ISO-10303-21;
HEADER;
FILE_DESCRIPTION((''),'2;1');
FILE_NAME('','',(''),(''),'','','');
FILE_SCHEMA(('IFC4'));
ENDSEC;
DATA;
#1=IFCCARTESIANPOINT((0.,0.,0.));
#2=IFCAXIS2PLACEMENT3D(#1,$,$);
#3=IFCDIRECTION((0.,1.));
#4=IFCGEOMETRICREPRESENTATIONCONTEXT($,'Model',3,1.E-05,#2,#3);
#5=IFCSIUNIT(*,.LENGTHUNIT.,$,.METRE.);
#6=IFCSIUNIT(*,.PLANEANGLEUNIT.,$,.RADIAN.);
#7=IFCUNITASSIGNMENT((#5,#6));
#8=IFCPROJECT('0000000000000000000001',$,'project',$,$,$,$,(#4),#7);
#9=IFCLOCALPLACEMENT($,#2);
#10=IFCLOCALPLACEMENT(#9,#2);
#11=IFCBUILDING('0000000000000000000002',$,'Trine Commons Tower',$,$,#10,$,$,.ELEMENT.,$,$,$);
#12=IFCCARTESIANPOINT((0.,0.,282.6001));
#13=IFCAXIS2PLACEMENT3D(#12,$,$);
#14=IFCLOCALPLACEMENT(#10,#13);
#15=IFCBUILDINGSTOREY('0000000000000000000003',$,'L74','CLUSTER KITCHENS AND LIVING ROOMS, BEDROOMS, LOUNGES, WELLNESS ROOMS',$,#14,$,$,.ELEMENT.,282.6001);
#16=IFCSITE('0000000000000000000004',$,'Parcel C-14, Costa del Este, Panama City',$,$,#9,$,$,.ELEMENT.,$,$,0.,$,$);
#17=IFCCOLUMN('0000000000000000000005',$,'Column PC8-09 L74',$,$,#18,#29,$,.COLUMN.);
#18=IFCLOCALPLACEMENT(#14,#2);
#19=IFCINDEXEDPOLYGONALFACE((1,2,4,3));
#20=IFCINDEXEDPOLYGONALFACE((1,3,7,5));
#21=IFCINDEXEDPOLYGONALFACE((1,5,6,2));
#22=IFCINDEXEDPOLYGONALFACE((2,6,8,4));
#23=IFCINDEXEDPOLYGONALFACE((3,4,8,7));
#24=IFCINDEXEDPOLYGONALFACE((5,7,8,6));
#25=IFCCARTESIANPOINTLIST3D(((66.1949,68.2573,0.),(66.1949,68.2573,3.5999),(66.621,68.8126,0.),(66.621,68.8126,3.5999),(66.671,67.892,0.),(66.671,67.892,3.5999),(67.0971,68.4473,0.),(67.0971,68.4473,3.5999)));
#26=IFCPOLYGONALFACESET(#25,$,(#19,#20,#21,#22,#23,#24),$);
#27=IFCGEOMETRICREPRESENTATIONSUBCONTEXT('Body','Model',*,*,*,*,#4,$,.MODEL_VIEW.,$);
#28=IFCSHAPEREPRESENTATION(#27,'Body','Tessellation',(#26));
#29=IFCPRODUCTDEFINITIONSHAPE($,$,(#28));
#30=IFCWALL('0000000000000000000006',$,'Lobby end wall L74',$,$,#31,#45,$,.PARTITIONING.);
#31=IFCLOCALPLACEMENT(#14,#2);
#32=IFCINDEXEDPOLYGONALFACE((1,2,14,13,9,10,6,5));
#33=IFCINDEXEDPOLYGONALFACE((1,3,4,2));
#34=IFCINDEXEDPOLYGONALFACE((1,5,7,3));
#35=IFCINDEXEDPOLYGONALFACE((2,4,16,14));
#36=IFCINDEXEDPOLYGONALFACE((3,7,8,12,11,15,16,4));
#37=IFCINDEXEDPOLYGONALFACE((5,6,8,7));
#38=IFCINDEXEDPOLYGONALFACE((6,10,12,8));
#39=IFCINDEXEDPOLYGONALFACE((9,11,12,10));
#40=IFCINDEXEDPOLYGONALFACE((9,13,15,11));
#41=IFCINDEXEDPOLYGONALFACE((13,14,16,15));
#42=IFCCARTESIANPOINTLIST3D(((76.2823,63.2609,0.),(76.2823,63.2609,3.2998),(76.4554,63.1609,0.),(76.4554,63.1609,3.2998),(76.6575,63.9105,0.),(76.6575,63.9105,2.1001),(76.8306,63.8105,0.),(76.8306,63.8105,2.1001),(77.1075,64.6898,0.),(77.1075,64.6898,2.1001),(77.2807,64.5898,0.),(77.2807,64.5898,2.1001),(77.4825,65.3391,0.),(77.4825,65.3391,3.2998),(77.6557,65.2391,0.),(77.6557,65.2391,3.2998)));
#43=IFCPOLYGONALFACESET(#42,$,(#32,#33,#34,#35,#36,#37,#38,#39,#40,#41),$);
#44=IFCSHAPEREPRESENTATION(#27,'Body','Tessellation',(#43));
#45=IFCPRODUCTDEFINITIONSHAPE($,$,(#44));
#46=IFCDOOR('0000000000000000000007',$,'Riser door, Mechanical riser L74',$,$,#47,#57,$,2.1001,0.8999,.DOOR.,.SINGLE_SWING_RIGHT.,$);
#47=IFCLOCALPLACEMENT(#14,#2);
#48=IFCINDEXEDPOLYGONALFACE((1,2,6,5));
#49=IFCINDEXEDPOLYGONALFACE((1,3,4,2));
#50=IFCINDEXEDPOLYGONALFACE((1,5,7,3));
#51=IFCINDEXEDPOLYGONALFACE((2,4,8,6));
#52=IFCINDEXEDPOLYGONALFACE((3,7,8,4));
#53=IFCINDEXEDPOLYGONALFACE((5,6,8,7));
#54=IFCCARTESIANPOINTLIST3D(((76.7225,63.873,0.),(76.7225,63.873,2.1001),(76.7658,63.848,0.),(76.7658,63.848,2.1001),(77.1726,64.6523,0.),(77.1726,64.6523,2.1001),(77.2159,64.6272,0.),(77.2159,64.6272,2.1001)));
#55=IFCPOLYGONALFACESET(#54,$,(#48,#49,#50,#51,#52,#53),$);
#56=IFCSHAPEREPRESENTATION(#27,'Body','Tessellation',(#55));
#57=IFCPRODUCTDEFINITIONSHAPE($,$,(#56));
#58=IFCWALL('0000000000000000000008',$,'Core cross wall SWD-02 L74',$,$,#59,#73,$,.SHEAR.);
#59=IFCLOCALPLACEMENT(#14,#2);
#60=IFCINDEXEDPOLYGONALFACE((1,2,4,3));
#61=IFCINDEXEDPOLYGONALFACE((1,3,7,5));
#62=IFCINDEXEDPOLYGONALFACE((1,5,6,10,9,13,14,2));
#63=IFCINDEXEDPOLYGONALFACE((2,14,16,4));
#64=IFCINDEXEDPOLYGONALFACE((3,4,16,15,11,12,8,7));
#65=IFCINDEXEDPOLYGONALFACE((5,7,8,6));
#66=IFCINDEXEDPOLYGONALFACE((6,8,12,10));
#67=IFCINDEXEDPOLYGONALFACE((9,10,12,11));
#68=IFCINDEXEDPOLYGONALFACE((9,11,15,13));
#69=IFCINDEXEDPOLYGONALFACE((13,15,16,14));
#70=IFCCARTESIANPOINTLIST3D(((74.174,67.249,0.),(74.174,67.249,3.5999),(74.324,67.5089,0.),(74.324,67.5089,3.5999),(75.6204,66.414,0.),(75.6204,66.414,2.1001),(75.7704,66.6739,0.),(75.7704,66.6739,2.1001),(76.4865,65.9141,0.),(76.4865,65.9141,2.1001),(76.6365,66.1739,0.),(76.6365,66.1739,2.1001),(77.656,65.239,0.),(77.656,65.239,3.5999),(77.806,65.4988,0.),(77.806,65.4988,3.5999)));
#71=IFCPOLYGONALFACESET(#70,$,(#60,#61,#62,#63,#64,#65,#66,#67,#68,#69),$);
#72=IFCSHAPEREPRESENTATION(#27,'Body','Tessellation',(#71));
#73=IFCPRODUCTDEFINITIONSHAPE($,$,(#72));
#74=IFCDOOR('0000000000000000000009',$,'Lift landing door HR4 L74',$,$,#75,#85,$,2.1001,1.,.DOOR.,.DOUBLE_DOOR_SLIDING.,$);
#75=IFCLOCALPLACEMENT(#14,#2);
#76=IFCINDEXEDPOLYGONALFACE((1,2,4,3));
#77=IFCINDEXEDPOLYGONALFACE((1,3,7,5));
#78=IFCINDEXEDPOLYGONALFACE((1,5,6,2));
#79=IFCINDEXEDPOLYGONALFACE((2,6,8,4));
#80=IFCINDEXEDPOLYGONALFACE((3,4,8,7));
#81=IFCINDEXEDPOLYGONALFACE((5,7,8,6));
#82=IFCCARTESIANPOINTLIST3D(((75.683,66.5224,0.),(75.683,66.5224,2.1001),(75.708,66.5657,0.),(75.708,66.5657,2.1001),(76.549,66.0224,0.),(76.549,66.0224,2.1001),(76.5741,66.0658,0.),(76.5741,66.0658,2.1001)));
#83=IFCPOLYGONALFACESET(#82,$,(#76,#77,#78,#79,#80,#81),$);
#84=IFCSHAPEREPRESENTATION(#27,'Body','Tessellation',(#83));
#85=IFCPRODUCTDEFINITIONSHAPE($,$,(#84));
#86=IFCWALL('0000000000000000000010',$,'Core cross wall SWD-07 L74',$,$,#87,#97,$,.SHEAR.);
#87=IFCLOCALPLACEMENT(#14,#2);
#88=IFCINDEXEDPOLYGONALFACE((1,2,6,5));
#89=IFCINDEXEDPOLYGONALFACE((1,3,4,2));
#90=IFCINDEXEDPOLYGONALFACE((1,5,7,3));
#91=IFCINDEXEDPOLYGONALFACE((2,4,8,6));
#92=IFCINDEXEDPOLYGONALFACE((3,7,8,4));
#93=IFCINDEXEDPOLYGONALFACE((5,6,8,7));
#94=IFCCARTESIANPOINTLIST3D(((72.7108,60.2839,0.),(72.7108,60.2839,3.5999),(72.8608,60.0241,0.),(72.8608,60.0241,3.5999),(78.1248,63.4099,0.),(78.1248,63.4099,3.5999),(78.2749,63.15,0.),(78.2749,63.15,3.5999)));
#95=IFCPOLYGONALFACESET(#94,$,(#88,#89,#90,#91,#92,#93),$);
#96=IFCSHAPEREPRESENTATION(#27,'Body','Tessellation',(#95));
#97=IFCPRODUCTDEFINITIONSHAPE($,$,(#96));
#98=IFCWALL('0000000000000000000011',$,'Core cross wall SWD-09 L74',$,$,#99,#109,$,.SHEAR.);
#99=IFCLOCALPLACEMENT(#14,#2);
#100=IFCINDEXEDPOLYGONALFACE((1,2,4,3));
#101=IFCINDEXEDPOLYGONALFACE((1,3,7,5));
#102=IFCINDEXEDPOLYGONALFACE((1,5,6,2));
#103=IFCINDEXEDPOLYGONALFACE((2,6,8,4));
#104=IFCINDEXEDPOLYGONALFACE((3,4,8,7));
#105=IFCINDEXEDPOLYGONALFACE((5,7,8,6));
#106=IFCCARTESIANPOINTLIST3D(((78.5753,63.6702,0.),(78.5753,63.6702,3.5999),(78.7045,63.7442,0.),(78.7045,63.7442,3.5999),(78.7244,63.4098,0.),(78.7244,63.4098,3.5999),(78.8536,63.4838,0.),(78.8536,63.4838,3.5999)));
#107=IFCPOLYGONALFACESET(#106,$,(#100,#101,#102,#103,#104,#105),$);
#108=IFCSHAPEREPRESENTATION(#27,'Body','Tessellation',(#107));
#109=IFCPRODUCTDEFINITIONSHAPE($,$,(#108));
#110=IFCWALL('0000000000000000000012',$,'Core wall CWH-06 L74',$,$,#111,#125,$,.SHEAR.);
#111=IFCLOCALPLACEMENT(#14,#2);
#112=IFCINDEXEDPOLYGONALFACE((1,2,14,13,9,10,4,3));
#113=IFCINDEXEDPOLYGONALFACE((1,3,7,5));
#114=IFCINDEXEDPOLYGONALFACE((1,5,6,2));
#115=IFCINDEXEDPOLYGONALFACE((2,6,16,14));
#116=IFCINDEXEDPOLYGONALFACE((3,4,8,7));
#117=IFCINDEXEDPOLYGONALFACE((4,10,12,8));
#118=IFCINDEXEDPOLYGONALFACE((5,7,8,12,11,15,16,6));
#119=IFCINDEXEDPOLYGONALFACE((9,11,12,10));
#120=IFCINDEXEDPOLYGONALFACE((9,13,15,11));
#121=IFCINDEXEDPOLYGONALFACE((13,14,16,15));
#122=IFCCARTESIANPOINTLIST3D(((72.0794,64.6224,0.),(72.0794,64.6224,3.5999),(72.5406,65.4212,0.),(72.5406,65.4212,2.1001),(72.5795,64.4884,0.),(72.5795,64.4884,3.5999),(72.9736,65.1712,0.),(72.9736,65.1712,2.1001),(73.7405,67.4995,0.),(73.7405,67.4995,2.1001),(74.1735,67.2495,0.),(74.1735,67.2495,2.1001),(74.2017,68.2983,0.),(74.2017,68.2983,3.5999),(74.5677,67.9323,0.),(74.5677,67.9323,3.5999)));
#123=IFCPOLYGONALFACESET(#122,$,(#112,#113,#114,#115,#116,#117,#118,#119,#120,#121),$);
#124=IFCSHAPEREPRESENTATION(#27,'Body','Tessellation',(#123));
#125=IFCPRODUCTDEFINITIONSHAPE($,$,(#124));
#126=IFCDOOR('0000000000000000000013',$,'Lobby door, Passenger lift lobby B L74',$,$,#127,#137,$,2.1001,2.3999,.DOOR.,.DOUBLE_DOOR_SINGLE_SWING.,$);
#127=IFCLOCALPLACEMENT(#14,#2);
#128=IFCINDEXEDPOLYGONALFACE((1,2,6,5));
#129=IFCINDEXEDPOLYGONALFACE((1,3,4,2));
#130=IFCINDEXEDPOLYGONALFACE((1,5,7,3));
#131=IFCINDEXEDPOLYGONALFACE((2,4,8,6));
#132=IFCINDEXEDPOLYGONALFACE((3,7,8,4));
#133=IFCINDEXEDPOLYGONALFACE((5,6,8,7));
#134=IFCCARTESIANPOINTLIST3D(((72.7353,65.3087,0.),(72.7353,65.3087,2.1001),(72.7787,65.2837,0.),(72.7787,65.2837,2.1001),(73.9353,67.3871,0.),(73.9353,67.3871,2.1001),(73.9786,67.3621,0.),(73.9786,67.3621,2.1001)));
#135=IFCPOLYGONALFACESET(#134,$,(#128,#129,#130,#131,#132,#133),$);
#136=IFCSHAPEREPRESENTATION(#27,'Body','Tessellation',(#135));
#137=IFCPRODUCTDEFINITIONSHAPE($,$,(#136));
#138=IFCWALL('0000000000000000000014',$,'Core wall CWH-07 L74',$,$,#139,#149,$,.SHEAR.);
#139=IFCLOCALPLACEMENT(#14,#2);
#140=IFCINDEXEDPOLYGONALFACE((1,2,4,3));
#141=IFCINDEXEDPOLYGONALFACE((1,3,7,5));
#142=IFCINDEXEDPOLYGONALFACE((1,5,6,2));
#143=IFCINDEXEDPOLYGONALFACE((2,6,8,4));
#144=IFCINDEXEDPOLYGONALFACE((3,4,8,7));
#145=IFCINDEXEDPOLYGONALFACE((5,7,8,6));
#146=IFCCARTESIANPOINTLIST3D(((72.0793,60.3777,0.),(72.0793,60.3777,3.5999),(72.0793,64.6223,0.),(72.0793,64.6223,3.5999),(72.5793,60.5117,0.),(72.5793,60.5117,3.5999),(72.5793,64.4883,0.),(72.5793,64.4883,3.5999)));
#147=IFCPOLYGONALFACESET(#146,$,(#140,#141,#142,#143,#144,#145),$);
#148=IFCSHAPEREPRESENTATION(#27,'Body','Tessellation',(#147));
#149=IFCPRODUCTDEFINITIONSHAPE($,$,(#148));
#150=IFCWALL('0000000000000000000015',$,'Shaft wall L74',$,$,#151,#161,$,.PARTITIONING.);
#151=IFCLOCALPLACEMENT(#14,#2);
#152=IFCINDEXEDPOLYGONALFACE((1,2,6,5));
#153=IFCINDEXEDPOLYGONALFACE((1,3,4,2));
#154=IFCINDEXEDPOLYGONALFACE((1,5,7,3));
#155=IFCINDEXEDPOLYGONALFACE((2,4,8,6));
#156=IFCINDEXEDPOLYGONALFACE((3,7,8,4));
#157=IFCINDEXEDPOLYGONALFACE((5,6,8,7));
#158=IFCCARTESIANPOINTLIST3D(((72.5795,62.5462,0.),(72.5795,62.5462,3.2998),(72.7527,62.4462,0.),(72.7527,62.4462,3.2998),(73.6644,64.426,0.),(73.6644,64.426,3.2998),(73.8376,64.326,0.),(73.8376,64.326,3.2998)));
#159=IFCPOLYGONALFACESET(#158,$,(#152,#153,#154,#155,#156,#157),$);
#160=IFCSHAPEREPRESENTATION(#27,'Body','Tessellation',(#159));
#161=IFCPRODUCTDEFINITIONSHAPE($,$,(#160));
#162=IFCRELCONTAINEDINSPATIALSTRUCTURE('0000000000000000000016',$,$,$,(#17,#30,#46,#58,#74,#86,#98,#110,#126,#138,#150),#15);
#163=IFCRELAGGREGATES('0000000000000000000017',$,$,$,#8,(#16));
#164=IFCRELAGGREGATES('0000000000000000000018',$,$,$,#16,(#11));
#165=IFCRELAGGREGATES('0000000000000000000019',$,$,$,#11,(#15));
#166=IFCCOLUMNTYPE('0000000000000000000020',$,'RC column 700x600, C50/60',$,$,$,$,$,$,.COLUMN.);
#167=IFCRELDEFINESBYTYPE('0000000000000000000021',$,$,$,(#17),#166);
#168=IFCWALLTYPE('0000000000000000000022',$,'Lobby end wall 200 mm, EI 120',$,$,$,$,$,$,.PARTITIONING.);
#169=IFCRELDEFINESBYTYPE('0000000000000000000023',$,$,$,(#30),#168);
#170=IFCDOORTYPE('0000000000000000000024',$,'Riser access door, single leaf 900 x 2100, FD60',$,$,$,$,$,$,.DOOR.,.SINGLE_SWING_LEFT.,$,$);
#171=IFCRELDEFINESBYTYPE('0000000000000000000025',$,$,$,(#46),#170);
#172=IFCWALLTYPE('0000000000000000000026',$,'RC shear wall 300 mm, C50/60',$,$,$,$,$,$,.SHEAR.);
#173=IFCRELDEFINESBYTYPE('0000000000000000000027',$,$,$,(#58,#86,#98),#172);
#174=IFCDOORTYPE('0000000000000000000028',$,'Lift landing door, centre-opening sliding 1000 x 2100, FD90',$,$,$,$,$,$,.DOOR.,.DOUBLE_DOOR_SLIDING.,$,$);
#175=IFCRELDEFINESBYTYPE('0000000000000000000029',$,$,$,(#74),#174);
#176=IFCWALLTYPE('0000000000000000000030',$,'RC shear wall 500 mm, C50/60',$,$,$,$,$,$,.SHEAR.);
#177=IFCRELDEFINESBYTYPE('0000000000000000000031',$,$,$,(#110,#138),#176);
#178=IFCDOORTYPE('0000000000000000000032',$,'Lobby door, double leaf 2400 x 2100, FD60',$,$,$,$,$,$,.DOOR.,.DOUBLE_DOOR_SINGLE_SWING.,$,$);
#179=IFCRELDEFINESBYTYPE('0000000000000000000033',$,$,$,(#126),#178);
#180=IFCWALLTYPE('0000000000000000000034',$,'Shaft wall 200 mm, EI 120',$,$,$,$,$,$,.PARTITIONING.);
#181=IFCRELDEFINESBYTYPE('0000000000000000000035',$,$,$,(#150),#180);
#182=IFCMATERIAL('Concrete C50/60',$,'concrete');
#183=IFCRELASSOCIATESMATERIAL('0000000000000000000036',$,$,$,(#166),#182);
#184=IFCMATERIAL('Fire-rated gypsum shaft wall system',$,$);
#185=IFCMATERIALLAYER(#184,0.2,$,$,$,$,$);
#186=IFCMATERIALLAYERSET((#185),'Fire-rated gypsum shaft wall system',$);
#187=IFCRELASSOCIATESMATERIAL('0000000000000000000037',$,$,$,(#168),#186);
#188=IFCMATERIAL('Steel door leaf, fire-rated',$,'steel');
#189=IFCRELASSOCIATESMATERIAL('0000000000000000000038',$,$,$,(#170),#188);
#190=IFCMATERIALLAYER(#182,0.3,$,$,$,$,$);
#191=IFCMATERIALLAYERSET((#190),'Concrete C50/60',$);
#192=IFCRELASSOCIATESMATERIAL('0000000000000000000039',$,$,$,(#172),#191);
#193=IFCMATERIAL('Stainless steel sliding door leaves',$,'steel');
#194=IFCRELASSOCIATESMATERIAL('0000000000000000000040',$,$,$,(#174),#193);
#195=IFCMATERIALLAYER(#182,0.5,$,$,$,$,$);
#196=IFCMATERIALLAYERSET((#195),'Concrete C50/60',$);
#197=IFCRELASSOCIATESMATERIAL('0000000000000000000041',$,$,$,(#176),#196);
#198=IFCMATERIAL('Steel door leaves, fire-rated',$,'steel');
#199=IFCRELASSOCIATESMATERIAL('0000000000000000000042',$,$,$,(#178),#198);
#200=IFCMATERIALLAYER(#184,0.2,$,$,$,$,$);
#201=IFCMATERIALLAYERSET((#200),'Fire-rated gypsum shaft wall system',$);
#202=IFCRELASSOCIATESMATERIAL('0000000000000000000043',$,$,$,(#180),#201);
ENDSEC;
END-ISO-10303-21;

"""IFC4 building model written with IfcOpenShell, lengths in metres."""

from ifc_helpers import new_model, si_unit, direction, frame, frame_2d, origin, origin_2d, place, context, subcontext, project, spatial, polyline, rectangle, outline, extrude, material, layer, layer_set, material_profile, profile_set, type_object, element, fill, save


model = new_model("IFC4")

# Units and contexts
model_context = context("Model", 3, precision=1e-05, world=origin(), true_north=direction((0.0, 1.0)))
body_context = subcontext(model_context, "Body", "Model", "MODEL_VIEW")
ifc_project = project(units=[si_unit("LENGTHUNIT", "METRE"), si_unit("PLANEANGLEUNIT", "RADIAN")], contexts=[model_context])

# Site, building, storey
site_placement = place(None, origin())
site = spatial("IfcSite", under=ifc_project, at=site_placement, Name="Parcel C-14, Costa del Este, Panama City", CompositionType="ELEMENT", RefElevation=0.0)
building_placement = place(site_placement, origin())
building = spatial("IfcBuilding", under=site, at=building_placement, Name="Trine Commons Tower", CompositionType="ELEMENT")
storey_placement = place(building_placement, frame((0.0, 0.0, 282.6001)))
storey = spatial("IfcBuildingStorey", under=building, at=storey_placement, Name="L74", Description="CLUSTER KITCHENS AND LIVING ROOMS, BEDROOMS, LOUNGES, WELLNESS ROOMS", CompositionType="ELEMENT", Elevation=282.6001)

# Column
ifc_material_1 = material(Name="Concrete C50/60", Category="concrete")
ifc_material_profile = material_profile(ifc_material_1, rectangle(XDim=0.7, YDim=0.6001, at=origin_2d()), Name="RC 700x600")
ifc_profile_set = profile_set([ifc_material_profile], Name="Concrete C50/60")
column_type = type_object("IfcColumnType", Name="RC column 700x600, C50/60", PredefinedType="COLUMN", material=ifc_profile_set)
column_placement = place(storey_placement, frame((66.646, 68.3523, 0.0), z_axis=(0.0, 0.0, 1.0), x_axis=(0.608761, 0.793353, 0.0)))
element("IfcColumn", 1, at=column_placement, inside=storey, type_object=column_type, Name="Column PC8-09 L74", PredefinedType="COLUMN", context=body_context, shape_type="SweptSolid", body=[
    extrude(rectangle(XDim=0.7, YDim=0.6001, at=origin_2d()), origin(), (0.0, 0.0, 1.0), 3.5999),
])

# Walls, openings, doors
ifc_material_2 = material(Name="Fire-rated gypsum shaft wall system")
ifc_layer_1 = layer(ifc_material_2, 0.2)
ifc_layer_set_1 = layer_set([ifc_layer_1], Name="Fire-rated gypsum shaft wall system")
wall_type_1 = type_object("IfcWallType", Name="Lobby end wall 200 mm, EI 120", PredefinedType="PARTITIONING", material=ifc_layer_set_1)
wall_1_placement = place(storey_placement, frame((77.5691, 65.2891, 0.0), z_axis=(0.0, 0.0, 1.0), x_axis=(-0.500122, -0.865955, 0.0)))
wall_1 = element("IfcWall", 2, at=wall_1_placement, inside=storey, type_object=wall_type_1, Name="Lobby end wall L74", PredefinedType="PARTITIONING", context=body_context, shape_type="SweptSolid", body=[
    extrude(rectangle(XDim=2.3999, YDim=0.2, at=frame_2d((1.2, 0.0))), origin(), (0.0, 0.0, 1.0), 3.2998),
])
opening_1_placement = place(wall_1_placement, frame((0.7498, 0.0, 0.0)))
opening_1 = element("IfcOpeningElement", 3, at=opening_1_placement, cuts=wall_1, PredefinedType="OPENING", context=body_context, shape_type="SweptSolid", body=[
    extrude(rectangle(XDim=0.8999, YDim=2.1001, at=frame_2d((0.45, 1.05))), frame((0.0, 0.1099, 0.0), z_axis=(0.0, -1.0, 0.0), x_axis=(1.0, 0.0, 0.0)), (0.0, 0.0, 1.0), 0.22),
])
ifc_material_3 = material(Name="Steel door leaf, fire-rated", Category="steel")
door_type_1 = type_object("IfcDoorType", Name="Riser access door, single leaf 900 x 2100, FD60", OperationType="SINGLE_SWING_LEFT", PredefinedType="DOOR", material=ifc_material_3)
door_1_placement = place(opening_1_placement, frame((0.8999, 0.0, 0.0), z_axis=(0.0, 0.0, 1.0), x_axis=(-1.0, 0.0, 0.0)))
door_1 = element("IfcDoor", 4, at=door_1_placement, inside=storey, type_object=door_type_1, Name="Riser door, Mechanical riser L74", OperationType="SINGLE_SWING_RIGHT", OverallHeight=2.1001, OverallWidth=0.8999, PredefinedType="DOOR", context=body_context, shape_type="SweptSolid", body=[
    extrude(rectangle(XDim=0.8999, YDim=2.1001, at=frame_2d((0.45, 1.05))), frame((0.0, 0.0249, 0.0), z_axis=(0.0, -1.0, 0.0), x_axis=(1.0, 0.0, 0.0)), (0.0, 0.0, 1.0), 0.05),
])
fill(opening_1, door_1)
ifc_layer_2 = layer(ifc_material_1, 0.3)
ifc_layer_set_2 = layer_set([ifc_layer_2], Name="Concrete C50/60")
wall_type_2 = type_object("IfcWallType", Name="RC shear wall 300 mm, C50/60", PredefinedType="SHEAR", material=ifc_layer_set_2)
wall_2_placement = place(storey_placement, frame((77.731, 65.3689, 0.0), z_axis=(0.0, 0.0, 1.0), x_axis=(-0.866056, 0.499947, 0.0)))
wall_2 = element("IfcWall", 5, at=wall_2_placement, inside=storey, type_object=wall_type_2, Name="Core cross wall SWD-02 L74", PredefinedType="SHEAR", context=body_context, shape_type="SweptSolid", body=[
    extrude(rectangle(XDim=4.0205, YDim=0.3, at=frame_2d((2.0103, 0.0))), origin(), (0.0, 0.0, 1.0), 3.5999),
])
opening_2_placement = place(wall_2_placement, frame((1.3503, 0.0, 0.0)))
opening_2 = element("IfcOpeningElement", 6, at=opening_2_placement, cuts=wall_2, PredefinedType="OPENING", context=body_context, shape_type="SweptSolid", body=[
    extrude(rectangle(XDim=1.0, YDim=2.1001, at=frame_2d((0.5, 1.05))), frame((0.0, 0.1599, 0.0), z_axis=(0.0, -1.0, 0.0), x_axis=(1.0, 0.0, 0.0)), (0.0, 0.0, 1.0), 0.3201),
])
ifc_material_4 = material(Name="Stainless steel sliding door leaves", Category="steel")
door_type_2 = type_object("IfcDoorType", Name="Lift landing door, centre-opening sliding 1000 x 2100, FD90", OperationType="DOUBLE_DOOR_SLIDING", PredefinedType="DOOR", material=ifc_material_4)
door_2_placement = place(opening_2_placement, origin())
door_2 = element("IfcDoor", 7, at=door_2_placement, inside=storey, type_object=door_type_2, Name="Lift landing door HR4 L74", OperationType="DOUBLE_DOOR_SLIDING", OverallHeight=2.1001, OverallWidth=1.0, PredefinedType="DOOR", context=body_context, shape_type="SweptSolid", body=[
    extrude(rectangle(XDim=1.0, YDim=2.1001, at=frame_2d((0.5, 1.05))), frame((0.0, 0.0249, 0.0), z_axis=(0.0, -1.0, 0.0), x_axis=(1.0, 0.0, 0.0)), (0.0, 0.0, 1.0), 0.05),
])
fill(opening_2, door_2)

# Walls
wall_3_placement = place(storey_placement, frame((78.2, 63.28, 0.0), z_axis=(0.0, 0.0, 1.0), x_axis=(-0.866014, -0.50002, 0.0)))
element("IfcWall", 8, at=wall_3_placement, inside=storey, type_object=wall_type_2, Name="Core cross wall SWD-07 L74", PredefinedType="SHEAR", context=body_context, shape_type="SweptSolid", body=[
    extrude(rectangle(XDim=6.2517, YDim=0.3, at=frame_2d((3.126, 0.0))), origin(), (0.0, 0.0, 1.0), 3.5999),
])
wall_4_placement = place(storey_placement, frame((78.7791, 63.614, 0.0), z_axis=(0.0, 0.0, 1.0), x_axis=(-0.867738, -0.497022, 0.0)))
element("IfcWall", 9, at=wall_4_placement, inside=storey, type_object=wall_type_2, Name="Core cross wall SWD-09 L74", PredefinedType="SHEAR", context=body_context, shape_type="SweptSolid", body=[
    extrude(rectangle(XDim=0.1489, YDim=0.3, at=frame_2d((0.0745, 0.0))), origin(), (0.0, 0.0, 1.0), 3.5999),
])

# Wall, opening, door
ifc_layer_3 = layer(ifc_material_1, 0.5)
ifc_layer_set_3 = layer_set([ifc_layer_3], Name="Concrete C50/60")
wall_type_3 = type_object("IfcWallType", Name="RC shear wall 500 mm, C50/60", PredefinedType="SHEAR", material=ifc_layer_set_3)
wall_5_placement = place(storey_placement, frame((74.4182, 68.1733, 0.0), z_axis=(0.0, 0.0, 1.0), x_axis=(-0.499993, -0.866029, 0.0)))
wall_5 = element("IfcWall", 10, at=wall_5_placement, inside=storey, type_object=wall_type_3, Name="Core wall CWH-06 L74", PredefinedType="SHEAR", context=body_context, shape_type="SweptSolid", body=[
    extrude(outline(polyline([(0.0, -0.25), (4.2446, -0.25), (4.1106, 0.25), (0.134, 0.25), (0.0, -0.25)])), origin(), (0.0, 0.0, 1.0), 3.5999),
])
opening_3_placement = place(wall_5_placement, frame((0.9224, 0.0, 0.0)))
opening_3 = element("IfcOpeningElement", 11, at=opening_3_placement, cuts=wall_5, PredefinedType="OPENING", context=body_context, shape_type="SweptSolid", body=[
    extrude(rectangle(XDim=2.3999, YDim=2.1001, at=frame_2d((1.2, 1.05))), frame((0.0, 0.26, 0.0), z_axis=(0.0, -1.0, 0.0), x_axis=(1.0, 0.0, 0.0)), (0.0, 0.0, 1.0), 0.52),
])
ifc_material_5 = material(Name="Steel door leaves, fire-rated", Category="steel")
door_type_3 = type_object("IfcDoorType", Name="Lobby door, double leaf 2400 x 2100, FD60", OperationType="DOUBLE_DOOR_SINGLE_SWING", PredefinedType="DOOR", material=ifc_material_5)
door_3_placement = place(opening_3_placement, origin())
door_3 = element("IfcDoor", 12, at=door_3_placement, inside=storey, type_object=door_type_3, Name="Lobby door, Passenger lift lobby B L74", OperationType="DOUBLE_DOOR_SINGLE_SWING", OverallHeight=2.1001, OverallWidth=2.3999, PredefinedType="DOOR", context=body_context, shape_type="SweptSolid", body=[
    extrude(rectangle(XDim=2.3999, YDim=2.1001, at=frame_2d((1.2, 1.05))), frame((0.0, 0.0249, 0.0), z_axis=(0.0, -1.0, 0.0), x_axis=(1.0, 0.0, 0.0)), (0.0, 0.0, 1.0), 0.05),
])
fill(opening_3, door_3)

# Walls
wall_6_placement = place(storey_placement, frame((72.3293, 64.6223, 0.0), z_axis=(0.0, 0.0, 1.0), x_axis=(0.0, -1.0, 0.0)))
element("IfcWall", 13, at=wall_6_placement, inside=storey, type_object=wall_type_3, Name="Core wall CWH-07 L74", PredefinedType="SHEAR", context=body_context, shape_type="SweptSolid", body=[
    extrude(outline(polyline([(0.0, -0.25), (4.2446, -0.25), (4.1106, 0.25), (0.134, 0.25), (0.0, -0.25)])), origin(), (0.0, 0.0, 1.0), 3.5999),
])
ifc_layer_4 = layer(ifc_material_2, 0.2)
ifc_layer_set_4 = layer_set([ifc_layer_4], Name="Fire-rated gypsum shaft wall system")
wall_type_4 = type_object("IfcWallType", Name="Shaft wall 200 mm, EI 120", PredefinedType="PARTITIONING", material=ifc_layer_set_4)
wall_7_placement = place(storey_placement, frame((73.751, 64.376, 0.0), z_axis=(0.0, 0.0, 1.0), x_axis=(-0.499865, -0.866103, 0.0)))
element("IfcWall", 14, at=wall_7_placement, inside=storey, type_object=wall_type_4, Name="Shaft wall L74", PredefinedType="PARTITIONING", context=body_context, shape_type="SweptSolid", body=[
    extrude(rectangle(XDim=2.1704, YDim=0.2, at=frame_2d((1.0852, 0.0))), origin(), (0.0, 0.0, 1.0), 3.2998),
])

save(model, "model.ifc")
